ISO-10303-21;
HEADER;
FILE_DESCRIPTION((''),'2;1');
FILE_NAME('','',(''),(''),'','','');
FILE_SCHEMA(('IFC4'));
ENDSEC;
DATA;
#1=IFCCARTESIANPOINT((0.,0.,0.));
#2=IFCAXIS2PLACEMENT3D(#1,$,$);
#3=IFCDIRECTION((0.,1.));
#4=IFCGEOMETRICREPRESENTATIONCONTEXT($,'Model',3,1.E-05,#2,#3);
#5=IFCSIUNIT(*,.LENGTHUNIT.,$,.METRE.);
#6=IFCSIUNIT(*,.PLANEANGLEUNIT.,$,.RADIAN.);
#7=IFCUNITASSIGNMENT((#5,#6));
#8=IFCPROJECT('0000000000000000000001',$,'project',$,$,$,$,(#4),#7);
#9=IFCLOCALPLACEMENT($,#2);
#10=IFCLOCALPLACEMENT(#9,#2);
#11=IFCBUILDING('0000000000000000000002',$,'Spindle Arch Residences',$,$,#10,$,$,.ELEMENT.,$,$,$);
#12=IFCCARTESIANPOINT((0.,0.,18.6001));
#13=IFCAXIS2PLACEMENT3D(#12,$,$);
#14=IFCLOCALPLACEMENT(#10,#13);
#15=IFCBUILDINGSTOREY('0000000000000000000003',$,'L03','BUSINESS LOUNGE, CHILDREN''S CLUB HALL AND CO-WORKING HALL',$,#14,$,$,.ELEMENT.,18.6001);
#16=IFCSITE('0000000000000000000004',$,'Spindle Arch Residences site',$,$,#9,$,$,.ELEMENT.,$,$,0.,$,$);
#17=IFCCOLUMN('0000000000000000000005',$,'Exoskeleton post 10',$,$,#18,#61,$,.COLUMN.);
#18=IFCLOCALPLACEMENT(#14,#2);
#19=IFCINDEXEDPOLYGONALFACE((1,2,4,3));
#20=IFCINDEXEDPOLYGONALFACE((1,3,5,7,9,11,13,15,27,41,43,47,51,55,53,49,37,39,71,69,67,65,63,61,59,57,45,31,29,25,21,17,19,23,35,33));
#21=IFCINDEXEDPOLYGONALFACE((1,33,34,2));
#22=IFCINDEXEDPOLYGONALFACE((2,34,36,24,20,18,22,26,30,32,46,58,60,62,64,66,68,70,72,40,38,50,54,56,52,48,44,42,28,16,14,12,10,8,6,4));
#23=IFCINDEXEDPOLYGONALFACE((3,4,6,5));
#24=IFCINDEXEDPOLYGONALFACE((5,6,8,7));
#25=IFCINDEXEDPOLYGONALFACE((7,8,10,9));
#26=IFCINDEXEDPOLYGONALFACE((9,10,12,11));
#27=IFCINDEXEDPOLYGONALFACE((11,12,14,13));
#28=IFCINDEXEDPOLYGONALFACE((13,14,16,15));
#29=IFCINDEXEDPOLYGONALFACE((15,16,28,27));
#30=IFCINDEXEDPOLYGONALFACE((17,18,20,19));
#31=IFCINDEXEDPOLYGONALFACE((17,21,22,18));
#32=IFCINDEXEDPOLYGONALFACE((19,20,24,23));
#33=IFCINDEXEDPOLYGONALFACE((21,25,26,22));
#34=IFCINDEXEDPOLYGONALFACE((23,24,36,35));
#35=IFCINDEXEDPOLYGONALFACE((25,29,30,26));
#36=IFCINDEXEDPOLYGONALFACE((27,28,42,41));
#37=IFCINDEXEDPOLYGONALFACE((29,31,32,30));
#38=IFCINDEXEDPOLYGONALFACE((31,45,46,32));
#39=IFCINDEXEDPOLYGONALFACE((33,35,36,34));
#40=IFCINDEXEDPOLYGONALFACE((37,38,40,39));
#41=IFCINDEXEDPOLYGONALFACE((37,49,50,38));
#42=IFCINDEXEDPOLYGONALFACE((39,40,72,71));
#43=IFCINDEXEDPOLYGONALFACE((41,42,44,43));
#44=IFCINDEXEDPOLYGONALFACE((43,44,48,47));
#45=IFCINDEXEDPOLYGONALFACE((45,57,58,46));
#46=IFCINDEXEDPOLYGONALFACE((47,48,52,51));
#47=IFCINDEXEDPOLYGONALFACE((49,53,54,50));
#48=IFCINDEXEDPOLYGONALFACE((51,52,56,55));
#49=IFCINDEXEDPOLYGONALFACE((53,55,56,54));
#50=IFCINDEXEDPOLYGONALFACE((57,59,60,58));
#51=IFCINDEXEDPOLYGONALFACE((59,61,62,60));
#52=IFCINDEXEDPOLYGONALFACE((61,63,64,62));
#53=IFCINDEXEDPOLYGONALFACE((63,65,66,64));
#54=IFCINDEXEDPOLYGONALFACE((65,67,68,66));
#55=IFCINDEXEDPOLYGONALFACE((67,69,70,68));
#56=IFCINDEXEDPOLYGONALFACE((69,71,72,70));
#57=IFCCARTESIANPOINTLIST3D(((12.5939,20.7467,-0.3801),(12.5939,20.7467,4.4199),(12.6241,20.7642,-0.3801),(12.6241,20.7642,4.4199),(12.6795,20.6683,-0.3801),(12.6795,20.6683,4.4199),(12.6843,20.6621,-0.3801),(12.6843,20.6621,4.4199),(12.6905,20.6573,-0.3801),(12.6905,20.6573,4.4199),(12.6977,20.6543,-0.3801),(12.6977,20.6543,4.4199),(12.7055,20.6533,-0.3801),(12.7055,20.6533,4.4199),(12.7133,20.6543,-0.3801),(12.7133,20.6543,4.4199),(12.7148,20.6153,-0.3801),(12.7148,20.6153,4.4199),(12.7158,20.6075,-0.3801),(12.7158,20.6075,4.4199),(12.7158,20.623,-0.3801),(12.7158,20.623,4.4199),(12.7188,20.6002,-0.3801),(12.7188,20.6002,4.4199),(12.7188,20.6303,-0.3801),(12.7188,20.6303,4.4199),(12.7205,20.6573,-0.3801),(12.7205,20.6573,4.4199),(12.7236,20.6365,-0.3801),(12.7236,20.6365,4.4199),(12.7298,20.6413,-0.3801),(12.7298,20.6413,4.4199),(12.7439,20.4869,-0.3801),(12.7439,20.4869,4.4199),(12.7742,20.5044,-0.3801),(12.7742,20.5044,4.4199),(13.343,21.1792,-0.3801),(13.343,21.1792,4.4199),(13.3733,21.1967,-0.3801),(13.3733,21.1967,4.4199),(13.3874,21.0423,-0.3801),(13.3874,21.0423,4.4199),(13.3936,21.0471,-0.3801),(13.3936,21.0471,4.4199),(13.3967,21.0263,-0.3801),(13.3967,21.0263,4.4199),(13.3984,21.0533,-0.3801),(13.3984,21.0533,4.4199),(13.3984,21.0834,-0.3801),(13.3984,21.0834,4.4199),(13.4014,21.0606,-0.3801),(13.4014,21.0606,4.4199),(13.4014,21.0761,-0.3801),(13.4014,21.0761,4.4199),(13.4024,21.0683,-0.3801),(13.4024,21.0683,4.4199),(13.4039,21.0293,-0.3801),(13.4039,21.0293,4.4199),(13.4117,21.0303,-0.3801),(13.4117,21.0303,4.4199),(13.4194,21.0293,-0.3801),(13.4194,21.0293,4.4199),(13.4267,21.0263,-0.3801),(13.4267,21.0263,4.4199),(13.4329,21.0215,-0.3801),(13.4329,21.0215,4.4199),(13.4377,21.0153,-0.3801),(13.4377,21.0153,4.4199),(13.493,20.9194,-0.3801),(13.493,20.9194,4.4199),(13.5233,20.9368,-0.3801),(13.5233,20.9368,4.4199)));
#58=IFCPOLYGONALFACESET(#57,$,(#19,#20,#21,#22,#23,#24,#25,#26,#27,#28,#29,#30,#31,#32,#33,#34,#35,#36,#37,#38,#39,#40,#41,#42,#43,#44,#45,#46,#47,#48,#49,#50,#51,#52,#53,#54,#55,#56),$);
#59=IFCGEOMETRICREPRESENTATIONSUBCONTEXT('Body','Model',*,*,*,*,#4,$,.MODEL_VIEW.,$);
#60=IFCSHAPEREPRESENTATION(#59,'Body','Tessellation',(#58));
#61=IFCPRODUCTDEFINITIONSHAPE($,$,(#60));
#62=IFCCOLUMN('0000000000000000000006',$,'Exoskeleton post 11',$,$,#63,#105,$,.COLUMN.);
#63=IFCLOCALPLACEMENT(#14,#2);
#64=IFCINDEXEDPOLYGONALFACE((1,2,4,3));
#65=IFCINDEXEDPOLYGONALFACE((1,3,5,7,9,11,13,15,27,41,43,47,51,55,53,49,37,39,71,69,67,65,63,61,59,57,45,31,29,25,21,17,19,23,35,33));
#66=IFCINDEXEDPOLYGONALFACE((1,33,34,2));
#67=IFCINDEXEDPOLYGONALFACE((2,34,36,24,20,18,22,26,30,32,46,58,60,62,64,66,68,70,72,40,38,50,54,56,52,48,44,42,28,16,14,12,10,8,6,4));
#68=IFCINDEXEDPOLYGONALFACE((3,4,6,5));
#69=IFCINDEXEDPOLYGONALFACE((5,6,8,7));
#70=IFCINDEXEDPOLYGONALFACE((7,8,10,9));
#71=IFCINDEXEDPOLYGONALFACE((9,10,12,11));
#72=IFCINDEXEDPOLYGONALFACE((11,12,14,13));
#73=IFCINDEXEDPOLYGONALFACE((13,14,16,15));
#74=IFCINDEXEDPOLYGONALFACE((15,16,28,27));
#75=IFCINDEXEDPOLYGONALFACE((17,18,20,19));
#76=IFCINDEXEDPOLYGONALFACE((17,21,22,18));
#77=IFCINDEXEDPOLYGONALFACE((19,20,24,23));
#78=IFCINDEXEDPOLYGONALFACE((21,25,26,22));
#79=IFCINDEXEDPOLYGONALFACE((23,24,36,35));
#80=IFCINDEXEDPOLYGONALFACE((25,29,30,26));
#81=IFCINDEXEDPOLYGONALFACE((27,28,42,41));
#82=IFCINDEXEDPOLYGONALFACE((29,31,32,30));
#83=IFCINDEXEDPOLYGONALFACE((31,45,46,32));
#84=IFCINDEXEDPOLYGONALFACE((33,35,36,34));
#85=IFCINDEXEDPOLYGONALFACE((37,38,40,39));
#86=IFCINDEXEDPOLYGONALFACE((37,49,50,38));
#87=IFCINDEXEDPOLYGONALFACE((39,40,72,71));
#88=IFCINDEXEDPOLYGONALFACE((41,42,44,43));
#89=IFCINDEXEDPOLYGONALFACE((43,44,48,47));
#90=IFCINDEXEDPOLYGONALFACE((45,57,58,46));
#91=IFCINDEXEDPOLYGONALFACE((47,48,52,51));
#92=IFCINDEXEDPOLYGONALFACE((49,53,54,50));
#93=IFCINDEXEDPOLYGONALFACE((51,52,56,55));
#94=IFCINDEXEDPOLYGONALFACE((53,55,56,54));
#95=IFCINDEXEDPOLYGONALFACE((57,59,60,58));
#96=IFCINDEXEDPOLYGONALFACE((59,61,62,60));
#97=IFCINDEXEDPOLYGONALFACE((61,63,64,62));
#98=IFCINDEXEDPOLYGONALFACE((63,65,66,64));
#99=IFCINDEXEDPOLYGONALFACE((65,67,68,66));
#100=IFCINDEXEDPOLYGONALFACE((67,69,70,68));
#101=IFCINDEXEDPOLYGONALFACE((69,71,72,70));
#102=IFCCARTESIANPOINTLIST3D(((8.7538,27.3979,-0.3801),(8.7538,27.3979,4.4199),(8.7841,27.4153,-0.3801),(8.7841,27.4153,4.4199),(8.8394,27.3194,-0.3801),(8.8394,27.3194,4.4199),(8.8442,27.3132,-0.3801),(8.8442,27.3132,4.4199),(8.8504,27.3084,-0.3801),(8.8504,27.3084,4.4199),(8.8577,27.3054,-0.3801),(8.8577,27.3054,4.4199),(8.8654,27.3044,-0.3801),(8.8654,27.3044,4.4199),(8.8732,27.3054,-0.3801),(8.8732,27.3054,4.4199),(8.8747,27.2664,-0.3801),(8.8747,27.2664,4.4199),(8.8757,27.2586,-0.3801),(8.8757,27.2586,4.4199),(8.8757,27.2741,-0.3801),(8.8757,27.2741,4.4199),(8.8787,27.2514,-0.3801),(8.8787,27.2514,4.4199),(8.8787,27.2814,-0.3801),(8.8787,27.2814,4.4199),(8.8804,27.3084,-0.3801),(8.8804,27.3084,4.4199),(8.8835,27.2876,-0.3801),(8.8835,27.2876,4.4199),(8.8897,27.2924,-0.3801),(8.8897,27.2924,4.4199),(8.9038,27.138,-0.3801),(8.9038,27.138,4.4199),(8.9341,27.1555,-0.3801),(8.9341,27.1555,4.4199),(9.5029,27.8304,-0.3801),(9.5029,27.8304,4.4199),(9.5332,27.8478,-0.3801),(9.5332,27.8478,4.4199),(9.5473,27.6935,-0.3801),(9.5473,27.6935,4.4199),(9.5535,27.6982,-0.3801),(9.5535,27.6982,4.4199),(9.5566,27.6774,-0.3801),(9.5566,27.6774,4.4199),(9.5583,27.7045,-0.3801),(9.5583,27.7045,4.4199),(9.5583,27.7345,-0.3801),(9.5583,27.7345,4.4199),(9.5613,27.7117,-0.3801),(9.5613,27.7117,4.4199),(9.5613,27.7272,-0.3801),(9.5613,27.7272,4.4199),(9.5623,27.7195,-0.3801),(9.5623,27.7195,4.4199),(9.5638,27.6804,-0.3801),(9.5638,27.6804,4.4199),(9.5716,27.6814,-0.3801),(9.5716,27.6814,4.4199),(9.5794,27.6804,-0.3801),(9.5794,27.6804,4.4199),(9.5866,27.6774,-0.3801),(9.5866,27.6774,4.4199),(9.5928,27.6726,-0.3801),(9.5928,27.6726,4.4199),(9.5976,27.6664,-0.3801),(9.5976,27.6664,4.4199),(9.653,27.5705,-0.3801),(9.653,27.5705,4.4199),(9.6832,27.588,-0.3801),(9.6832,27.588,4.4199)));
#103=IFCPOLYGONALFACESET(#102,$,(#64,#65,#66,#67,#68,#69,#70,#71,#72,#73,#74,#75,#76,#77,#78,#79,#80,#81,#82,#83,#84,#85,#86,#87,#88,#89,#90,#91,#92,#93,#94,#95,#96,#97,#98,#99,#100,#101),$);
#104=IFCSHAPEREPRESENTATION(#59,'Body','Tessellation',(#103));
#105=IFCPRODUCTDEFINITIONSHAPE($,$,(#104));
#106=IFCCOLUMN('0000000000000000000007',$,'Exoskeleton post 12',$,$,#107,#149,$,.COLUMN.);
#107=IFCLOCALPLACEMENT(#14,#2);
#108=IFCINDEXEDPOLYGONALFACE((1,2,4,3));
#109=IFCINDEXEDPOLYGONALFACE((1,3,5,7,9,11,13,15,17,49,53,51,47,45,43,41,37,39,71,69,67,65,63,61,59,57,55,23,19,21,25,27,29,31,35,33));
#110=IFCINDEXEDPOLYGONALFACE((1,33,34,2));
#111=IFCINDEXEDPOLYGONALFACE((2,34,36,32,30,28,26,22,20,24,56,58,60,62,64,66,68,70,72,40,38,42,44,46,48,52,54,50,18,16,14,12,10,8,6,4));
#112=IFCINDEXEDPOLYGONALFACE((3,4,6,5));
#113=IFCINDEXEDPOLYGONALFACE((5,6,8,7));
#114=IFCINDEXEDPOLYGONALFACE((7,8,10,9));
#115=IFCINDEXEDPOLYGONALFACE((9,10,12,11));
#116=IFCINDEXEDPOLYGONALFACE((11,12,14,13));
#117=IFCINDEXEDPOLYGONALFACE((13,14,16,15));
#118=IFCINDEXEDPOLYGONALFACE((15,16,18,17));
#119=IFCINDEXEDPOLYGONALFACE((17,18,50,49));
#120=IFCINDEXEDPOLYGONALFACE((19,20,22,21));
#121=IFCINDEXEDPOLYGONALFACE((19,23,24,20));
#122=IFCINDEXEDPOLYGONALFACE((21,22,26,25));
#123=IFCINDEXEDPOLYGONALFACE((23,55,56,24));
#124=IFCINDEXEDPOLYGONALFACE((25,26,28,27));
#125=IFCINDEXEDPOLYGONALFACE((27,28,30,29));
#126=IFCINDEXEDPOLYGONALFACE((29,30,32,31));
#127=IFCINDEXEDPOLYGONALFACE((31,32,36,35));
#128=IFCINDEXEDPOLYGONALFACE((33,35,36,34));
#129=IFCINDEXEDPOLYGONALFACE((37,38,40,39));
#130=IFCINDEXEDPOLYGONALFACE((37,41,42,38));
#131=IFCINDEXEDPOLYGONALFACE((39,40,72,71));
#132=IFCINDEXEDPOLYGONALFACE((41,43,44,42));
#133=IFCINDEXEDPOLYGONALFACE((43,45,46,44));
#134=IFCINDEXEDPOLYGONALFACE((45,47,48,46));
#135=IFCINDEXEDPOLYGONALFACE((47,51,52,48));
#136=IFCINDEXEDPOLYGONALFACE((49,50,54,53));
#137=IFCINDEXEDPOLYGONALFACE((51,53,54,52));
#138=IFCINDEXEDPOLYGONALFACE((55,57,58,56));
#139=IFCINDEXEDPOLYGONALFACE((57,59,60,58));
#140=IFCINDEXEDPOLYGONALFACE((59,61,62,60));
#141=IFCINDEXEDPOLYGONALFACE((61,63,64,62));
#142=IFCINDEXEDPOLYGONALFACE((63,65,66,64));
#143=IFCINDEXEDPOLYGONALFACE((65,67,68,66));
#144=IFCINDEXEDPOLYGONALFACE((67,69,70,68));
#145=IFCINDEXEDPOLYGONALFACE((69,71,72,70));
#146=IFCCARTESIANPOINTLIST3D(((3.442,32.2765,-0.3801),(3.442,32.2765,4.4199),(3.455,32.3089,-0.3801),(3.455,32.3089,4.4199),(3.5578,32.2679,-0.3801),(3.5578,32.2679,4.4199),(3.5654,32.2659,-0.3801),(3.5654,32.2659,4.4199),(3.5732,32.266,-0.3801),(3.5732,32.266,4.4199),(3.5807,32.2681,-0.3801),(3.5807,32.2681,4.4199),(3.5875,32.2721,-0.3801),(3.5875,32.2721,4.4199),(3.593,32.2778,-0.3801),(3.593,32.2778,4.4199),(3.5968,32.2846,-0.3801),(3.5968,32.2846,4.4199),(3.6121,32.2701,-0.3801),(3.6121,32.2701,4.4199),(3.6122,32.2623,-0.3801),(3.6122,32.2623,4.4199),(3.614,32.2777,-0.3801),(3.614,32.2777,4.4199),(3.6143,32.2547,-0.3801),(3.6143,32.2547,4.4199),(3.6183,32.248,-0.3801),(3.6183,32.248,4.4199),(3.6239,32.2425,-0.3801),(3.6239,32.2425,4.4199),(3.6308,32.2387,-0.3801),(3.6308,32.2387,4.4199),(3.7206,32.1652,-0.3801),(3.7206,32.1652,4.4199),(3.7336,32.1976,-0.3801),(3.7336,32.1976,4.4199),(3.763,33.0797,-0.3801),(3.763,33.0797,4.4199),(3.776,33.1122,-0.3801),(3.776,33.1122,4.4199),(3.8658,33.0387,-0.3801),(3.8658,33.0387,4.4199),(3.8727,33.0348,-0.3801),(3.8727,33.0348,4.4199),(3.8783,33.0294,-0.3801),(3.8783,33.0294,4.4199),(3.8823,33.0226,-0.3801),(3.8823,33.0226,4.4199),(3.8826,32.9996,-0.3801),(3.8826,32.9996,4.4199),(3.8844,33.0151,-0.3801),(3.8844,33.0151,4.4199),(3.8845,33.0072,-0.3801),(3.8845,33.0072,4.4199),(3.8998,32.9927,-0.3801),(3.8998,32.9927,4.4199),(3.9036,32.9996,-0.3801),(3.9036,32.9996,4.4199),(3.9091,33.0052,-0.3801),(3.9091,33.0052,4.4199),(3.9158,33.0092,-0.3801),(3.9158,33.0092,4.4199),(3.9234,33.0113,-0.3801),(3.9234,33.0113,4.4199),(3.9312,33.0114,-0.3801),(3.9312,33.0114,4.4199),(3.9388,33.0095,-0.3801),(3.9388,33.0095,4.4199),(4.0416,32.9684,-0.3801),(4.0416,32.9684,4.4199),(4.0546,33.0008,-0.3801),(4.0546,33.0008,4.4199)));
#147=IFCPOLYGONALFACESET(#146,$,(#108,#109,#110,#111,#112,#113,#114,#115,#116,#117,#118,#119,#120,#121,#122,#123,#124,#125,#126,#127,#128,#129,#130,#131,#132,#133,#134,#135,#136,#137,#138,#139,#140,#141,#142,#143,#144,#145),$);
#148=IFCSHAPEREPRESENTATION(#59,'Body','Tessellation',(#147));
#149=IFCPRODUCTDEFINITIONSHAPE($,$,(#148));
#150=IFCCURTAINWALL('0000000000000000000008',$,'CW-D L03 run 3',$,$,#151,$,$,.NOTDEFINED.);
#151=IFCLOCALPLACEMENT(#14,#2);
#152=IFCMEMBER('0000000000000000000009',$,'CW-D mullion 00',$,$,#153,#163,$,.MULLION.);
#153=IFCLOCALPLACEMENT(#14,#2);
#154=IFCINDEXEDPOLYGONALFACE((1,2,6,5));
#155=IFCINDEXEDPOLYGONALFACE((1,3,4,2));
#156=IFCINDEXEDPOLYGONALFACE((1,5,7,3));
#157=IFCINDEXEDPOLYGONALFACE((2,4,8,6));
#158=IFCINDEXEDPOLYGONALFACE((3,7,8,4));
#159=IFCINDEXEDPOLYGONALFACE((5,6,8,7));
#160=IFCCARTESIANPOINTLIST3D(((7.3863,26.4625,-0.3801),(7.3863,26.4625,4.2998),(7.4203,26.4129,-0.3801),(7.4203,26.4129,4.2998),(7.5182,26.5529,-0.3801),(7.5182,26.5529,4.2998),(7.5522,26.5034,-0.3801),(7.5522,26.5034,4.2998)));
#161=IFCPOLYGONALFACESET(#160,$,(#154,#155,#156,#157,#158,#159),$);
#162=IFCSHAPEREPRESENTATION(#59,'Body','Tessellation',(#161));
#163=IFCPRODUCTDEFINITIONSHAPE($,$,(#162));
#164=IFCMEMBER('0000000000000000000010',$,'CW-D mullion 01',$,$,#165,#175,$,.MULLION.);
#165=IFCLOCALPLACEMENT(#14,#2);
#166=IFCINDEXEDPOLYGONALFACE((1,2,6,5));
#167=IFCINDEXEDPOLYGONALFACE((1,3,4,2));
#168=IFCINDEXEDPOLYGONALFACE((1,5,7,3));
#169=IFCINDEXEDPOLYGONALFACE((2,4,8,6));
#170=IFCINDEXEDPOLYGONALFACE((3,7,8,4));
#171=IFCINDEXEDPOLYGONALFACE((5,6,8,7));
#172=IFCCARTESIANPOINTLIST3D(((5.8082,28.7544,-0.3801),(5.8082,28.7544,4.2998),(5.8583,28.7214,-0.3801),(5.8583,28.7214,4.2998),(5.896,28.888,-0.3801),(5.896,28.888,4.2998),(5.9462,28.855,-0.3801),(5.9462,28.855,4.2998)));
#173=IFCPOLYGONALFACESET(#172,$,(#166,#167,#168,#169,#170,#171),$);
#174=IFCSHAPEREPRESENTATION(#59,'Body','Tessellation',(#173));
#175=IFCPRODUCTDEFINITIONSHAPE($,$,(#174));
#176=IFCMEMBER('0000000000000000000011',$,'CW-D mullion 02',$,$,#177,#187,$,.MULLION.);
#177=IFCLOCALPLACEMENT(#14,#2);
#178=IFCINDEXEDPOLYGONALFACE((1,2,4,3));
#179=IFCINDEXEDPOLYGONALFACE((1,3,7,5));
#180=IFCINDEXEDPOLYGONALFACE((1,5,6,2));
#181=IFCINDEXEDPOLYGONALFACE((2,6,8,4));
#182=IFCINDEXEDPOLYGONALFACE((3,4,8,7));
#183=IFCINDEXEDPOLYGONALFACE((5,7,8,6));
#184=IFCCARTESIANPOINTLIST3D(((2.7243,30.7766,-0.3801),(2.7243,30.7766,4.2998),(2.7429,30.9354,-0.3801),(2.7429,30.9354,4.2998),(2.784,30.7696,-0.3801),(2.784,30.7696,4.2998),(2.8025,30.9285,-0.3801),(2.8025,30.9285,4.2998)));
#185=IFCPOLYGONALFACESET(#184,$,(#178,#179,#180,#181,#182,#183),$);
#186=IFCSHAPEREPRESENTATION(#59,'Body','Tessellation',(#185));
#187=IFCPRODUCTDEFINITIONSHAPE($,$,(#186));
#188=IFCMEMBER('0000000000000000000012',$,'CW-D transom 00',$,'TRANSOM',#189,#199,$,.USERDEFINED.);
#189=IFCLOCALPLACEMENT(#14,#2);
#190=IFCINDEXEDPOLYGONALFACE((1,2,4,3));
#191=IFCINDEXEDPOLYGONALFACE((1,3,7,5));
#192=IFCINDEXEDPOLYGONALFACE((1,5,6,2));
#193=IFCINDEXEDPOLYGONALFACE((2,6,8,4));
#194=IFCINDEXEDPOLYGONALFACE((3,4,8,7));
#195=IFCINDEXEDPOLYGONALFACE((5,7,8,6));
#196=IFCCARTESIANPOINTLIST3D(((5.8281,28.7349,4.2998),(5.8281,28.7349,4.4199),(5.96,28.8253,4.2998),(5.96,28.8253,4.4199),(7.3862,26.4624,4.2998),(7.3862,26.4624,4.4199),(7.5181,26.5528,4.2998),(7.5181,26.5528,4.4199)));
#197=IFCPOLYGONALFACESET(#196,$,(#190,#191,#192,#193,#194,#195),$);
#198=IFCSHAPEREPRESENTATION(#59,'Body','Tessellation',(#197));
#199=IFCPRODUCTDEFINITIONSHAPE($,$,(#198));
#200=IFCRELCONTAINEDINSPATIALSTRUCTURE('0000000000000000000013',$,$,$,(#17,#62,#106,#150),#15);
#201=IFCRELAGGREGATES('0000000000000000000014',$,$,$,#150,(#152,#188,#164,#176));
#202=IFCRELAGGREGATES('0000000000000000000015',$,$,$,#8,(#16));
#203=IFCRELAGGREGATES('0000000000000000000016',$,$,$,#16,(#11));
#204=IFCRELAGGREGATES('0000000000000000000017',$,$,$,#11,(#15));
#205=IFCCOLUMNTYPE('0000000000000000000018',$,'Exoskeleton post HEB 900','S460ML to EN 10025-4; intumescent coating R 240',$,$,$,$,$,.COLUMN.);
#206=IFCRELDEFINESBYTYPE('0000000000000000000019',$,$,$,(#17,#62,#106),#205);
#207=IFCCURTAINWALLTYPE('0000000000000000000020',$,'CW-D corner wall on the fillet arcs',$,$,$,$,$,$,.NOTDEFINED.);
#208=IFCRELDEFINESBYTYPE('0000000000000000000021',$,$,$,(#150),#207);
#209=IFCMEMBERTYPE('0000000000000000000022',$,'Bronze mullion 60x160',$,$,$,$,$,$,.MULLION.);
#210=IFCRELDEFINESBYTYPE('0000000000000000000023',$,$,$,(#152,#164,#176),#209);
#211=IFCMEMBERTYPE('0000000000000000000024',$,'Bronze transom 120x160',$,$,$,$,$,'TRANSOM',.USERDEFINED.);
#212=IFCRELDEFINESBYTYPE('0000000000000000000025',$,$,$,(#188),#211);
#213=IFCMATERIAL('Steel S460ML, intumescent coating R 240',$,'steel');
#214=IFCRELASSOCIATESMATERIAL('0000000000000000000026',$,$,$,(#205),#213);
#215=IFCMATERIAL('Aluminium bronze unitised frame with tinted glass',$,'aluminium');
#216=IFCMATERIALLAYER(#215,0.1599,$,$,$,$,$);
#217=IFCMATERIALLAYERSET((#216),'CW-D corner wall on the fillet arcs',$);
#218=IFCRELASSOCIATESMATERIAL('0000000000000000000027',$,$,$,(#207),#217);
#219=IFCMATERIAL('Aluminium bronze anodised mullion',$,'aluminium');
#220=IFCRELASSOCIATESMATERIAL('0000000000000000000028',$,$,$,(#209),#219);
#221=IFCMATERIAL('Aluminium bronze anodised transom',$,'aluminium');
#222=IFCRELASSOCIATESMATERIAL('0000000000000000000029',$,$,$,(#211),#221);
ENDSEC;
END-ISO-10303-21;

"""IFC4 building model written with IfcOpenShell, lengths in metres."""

from ifc_helpers import new_model, si_unit, direction, frame, origin, origin_2d, place, context, subcontext, project, spatial, rectangle, i_section, extrude, material, layer, layer_set, material_profile, profile_set, type_object, element, aggregate, save


model = new_model("IFC4")

# Units and contexts
model_context = context("Model", 3, precision=1e-05, world=origin(), true_north=direction((0.0, 1.0)))
body_context = subcontext(model_context, "Body", "Model", "MODEL_VIEW")
ifc_project = project(units=[si_unit("LENGTHUNIT", "METRE"), si_unit("PLANEANGLEUNIT", "RADIAN")], contexts=[model_context])

# Site, building, storey
site_placement = place(None, origin())
site = spatial("IfcSite", under=ifc_project, at=site_placement, Name="Spindle Arch Residences site", CompositionType="ELEMENT", RefElevation=0.0)
building_placement = place(site_placement, origin())
building = spatial("IfcBuilding", under=site, at=building_placement, Name="Spindle Arch Residences", CompositionType="ELEMENT")
storey_placement = place(building_placement, frame((0.0, 0.0, 18.6001)))
storey = spatial("IfcBuildingStorey", under=building, at=storey_placement, Name="L03", Description="BUSINESS LOUNGE, CHILDREN'S CLUB HALL AND CO-WORKING HALL", CompositionType="ELEMENT", Elevation=18.6001)

# Columns
ifc_material_1 = material(Name="Steel S460ML, intumescent coating R 240", Category="steel")
ifc_material_profile_1 = material_profile(ifc_material_1, i_section(OverallWidth=0.3, OverallDepth=0.8999, WebThickness=0.0186, FlangeThickness=0.0349, FilletRadius=0.03, at=origin_2d()), Name="HEB 900")
ifc_profile_set_1 = profile_set([ifc_material_profile_1], Name="Steel S460ML, intumescent coating R 240")
column_type = type_object("IfcColumnType", Name="Exoskeleton post HEB 900", Description="S460ML to EN 10025-4; intumescent coating R 240", PredefinedType="COLUMN", material=ifc_profile_set_1)
for number, where, z_axis, x_axis, name in (
    (1, (13.0586, 20.8418, -0.3801), (0.0, 0.0, 1.0), (0.5, -0.866025, 0.0), "Exoskeleton post 10"),
    (2, (9.2185, 27.4929, -0.3801), (0.0, 0.0, 1.0), (0.5, -0.866025, 0.0), "Exoskeleton post 11"),
    (3, (3.7483, 32.6387, -0.3801), (0.0, 0.0, 1.0), (0.92859, -0.371108, 0.0), "Exoskeleton post 12"),
):
    element("IfcColumn", number, at=place(storey_placement, frame(where, z_axis=z_axis, x_axis=x_axis)), inside=storey, type_object=column_type, Name=name, PredefinedType="COLUMN", context=body_context, shape_type="SweptSolid", body=[
        extrude(i_section(OverallWidth=0.3, OverallDepth=0.8999, WebThickness=0.0186, FlangeThickness=0.0349, FilletRadius=0.03, at=origin_2d()), origin(), (0.0, 0.0, 1.0), 4.8),
    ])

# Curtain wall, members
ifc_material_2 = material(Name="Aluminium bronze unitised frame with tinted glass", Category="aluminium")
ifc_layer_1 = layer(ifc_material_2, 0.1599)
ifc_layer_set_1 = layer_set([ifc_layer_1], Name="CW-D corner wall on the fillet arcs")
curtain_wall_type_1 = type_object("IfcCurtainWallType", Name="CW-D corner wall on the fillet arcs", PredefinedType="NOTDEFINED", material=ifc_layer_set_1)
curtain_wall_1_placement = place(storey_placement, origin())
curtain_wall_1 = element("IfcCurtainWall", 4, at=curtain_wall_1_placement, inside=storey, type_object=curtain_wall_type_1, Name="CW-D L03 run 3", PredefinedType="NOTDEFINED")
ifc_material_3 = material(Name="Aluminium bronze anodised mullion", Category="aluminium")
ifc_material_profile_2 = material_profile(ifc_material_3, rectangle(XDim=0.1599, YDim=0.0601, at=origin_2d()), Name="MU 60x160")
ifc_profile_set_2 = profile_set([ifc_material_profile_2], Name="Aluminium bronze anodised mullion")
member_type_1 = type_object("IfcMemberType", Name="Bronze mullion 60x160", PredefinedType="MULLION", material=ifc_profile_set_2)
member_1_placement = place(storey_placement, frame((7.4692, 26.4829, -0.3801), z_axis=(0.0, 0.0, 1.0), x_axis=(-0.824748, -0.565501, 0.0)))
member_1 = element("IfcMember", 5, at=member_1_placement, type_object=member_type_1, Name="CW-D mullion 00", PredefinedType="MULLION", context=body_context, shape_type="SweptSolid", body=[
    extrude(rectangle(XDim=0.1599, YDim=0.0601, at=origin_2d()), origin(), (0.0, 0.0, 1.0), 4.6799),
])
member_2_placement = place(storey_placement, frame((5.8772, 28.8047, -0.3801), z_axis=(0.0, 0.0, 1.0), x_axis=(-0.549509, -0.835488, 0.0)))
member_2 = element("IfcMember", 6, at=member_2_placement, type_object=member_type_1, Name="CW-D mullion 01", PredefinedType="MULLION", context=body_context, shape_type="SweptSolid", body=[
    extrude(rectangle(XDim=0.1599, YDim=0.0601, at=origin_2d()), origin(), (0.0, 0.0, 1.0), 4.6799),
])
member_3_placement = place(storey_placement, frame((2.7634, 30.8525, -0.3801), z_axis=(0.0, 0.0, 1.0), x_axis=(-0.116093, -0.993238, 0.0)))
member_3 = element("IfcMember", 7, at=member_3_placement, type_object=member_type_1, Name="CW-D mullion 02", PredefinedType="MULLION", context=body_context, shape_type="SweptSolid", body=[
    extrude(rectangle(XDim=0.1599, YDim=0.0601, at=origin_2d()), origin(), (0.0, 0.0, 1.0), 4.6799),
])
ifc_material_4 = material(Name="Aluminium bronze anodised transom", Category="aluminium")
ifc_material_profile_3 = material_profile(ifc_material_4, rectangle(XDim=0.1599, YDim=0.1201, at=origin_2d()), Name="TR 120x160")
ifc_profile_set_3 = profile_set([ifc_material_profile_3], Name="Aluminium bronze anodised transom")
member_type_2 = type_object("IfcMemberType", Name="Bronze transom 120x160", ElementType="TRANSOM", PredefinedType="USERDEFINED", material=ifc_profile_set_3)
member_4_placement = place(storey_placement, frame((7.4521, 26.5076, 4.3599), z_axis=(-0.56549, 0.824755, 0.0), x_axis=(-0.824755, -0.56549, 0.0)))
member_4 = element("IfcMember", 8, at=member_4_placement, type_object=member_type_2, Name="CW-D transom 00", ObjectType="TRANSOM", PredefinedType="USERDEFINED", context=body_context, shape_type="SweptSolid", body=[
    extrude(rectangle(XDim=0.1599, YDim=0.1201, at=origin_2d()), origin(), (0.0, 0.0, 1.0), 2.7554),
])

aggregate(curtain_wall_1, [member_1, member_4, member_2, member_3])

save(model, "model.ifc")
